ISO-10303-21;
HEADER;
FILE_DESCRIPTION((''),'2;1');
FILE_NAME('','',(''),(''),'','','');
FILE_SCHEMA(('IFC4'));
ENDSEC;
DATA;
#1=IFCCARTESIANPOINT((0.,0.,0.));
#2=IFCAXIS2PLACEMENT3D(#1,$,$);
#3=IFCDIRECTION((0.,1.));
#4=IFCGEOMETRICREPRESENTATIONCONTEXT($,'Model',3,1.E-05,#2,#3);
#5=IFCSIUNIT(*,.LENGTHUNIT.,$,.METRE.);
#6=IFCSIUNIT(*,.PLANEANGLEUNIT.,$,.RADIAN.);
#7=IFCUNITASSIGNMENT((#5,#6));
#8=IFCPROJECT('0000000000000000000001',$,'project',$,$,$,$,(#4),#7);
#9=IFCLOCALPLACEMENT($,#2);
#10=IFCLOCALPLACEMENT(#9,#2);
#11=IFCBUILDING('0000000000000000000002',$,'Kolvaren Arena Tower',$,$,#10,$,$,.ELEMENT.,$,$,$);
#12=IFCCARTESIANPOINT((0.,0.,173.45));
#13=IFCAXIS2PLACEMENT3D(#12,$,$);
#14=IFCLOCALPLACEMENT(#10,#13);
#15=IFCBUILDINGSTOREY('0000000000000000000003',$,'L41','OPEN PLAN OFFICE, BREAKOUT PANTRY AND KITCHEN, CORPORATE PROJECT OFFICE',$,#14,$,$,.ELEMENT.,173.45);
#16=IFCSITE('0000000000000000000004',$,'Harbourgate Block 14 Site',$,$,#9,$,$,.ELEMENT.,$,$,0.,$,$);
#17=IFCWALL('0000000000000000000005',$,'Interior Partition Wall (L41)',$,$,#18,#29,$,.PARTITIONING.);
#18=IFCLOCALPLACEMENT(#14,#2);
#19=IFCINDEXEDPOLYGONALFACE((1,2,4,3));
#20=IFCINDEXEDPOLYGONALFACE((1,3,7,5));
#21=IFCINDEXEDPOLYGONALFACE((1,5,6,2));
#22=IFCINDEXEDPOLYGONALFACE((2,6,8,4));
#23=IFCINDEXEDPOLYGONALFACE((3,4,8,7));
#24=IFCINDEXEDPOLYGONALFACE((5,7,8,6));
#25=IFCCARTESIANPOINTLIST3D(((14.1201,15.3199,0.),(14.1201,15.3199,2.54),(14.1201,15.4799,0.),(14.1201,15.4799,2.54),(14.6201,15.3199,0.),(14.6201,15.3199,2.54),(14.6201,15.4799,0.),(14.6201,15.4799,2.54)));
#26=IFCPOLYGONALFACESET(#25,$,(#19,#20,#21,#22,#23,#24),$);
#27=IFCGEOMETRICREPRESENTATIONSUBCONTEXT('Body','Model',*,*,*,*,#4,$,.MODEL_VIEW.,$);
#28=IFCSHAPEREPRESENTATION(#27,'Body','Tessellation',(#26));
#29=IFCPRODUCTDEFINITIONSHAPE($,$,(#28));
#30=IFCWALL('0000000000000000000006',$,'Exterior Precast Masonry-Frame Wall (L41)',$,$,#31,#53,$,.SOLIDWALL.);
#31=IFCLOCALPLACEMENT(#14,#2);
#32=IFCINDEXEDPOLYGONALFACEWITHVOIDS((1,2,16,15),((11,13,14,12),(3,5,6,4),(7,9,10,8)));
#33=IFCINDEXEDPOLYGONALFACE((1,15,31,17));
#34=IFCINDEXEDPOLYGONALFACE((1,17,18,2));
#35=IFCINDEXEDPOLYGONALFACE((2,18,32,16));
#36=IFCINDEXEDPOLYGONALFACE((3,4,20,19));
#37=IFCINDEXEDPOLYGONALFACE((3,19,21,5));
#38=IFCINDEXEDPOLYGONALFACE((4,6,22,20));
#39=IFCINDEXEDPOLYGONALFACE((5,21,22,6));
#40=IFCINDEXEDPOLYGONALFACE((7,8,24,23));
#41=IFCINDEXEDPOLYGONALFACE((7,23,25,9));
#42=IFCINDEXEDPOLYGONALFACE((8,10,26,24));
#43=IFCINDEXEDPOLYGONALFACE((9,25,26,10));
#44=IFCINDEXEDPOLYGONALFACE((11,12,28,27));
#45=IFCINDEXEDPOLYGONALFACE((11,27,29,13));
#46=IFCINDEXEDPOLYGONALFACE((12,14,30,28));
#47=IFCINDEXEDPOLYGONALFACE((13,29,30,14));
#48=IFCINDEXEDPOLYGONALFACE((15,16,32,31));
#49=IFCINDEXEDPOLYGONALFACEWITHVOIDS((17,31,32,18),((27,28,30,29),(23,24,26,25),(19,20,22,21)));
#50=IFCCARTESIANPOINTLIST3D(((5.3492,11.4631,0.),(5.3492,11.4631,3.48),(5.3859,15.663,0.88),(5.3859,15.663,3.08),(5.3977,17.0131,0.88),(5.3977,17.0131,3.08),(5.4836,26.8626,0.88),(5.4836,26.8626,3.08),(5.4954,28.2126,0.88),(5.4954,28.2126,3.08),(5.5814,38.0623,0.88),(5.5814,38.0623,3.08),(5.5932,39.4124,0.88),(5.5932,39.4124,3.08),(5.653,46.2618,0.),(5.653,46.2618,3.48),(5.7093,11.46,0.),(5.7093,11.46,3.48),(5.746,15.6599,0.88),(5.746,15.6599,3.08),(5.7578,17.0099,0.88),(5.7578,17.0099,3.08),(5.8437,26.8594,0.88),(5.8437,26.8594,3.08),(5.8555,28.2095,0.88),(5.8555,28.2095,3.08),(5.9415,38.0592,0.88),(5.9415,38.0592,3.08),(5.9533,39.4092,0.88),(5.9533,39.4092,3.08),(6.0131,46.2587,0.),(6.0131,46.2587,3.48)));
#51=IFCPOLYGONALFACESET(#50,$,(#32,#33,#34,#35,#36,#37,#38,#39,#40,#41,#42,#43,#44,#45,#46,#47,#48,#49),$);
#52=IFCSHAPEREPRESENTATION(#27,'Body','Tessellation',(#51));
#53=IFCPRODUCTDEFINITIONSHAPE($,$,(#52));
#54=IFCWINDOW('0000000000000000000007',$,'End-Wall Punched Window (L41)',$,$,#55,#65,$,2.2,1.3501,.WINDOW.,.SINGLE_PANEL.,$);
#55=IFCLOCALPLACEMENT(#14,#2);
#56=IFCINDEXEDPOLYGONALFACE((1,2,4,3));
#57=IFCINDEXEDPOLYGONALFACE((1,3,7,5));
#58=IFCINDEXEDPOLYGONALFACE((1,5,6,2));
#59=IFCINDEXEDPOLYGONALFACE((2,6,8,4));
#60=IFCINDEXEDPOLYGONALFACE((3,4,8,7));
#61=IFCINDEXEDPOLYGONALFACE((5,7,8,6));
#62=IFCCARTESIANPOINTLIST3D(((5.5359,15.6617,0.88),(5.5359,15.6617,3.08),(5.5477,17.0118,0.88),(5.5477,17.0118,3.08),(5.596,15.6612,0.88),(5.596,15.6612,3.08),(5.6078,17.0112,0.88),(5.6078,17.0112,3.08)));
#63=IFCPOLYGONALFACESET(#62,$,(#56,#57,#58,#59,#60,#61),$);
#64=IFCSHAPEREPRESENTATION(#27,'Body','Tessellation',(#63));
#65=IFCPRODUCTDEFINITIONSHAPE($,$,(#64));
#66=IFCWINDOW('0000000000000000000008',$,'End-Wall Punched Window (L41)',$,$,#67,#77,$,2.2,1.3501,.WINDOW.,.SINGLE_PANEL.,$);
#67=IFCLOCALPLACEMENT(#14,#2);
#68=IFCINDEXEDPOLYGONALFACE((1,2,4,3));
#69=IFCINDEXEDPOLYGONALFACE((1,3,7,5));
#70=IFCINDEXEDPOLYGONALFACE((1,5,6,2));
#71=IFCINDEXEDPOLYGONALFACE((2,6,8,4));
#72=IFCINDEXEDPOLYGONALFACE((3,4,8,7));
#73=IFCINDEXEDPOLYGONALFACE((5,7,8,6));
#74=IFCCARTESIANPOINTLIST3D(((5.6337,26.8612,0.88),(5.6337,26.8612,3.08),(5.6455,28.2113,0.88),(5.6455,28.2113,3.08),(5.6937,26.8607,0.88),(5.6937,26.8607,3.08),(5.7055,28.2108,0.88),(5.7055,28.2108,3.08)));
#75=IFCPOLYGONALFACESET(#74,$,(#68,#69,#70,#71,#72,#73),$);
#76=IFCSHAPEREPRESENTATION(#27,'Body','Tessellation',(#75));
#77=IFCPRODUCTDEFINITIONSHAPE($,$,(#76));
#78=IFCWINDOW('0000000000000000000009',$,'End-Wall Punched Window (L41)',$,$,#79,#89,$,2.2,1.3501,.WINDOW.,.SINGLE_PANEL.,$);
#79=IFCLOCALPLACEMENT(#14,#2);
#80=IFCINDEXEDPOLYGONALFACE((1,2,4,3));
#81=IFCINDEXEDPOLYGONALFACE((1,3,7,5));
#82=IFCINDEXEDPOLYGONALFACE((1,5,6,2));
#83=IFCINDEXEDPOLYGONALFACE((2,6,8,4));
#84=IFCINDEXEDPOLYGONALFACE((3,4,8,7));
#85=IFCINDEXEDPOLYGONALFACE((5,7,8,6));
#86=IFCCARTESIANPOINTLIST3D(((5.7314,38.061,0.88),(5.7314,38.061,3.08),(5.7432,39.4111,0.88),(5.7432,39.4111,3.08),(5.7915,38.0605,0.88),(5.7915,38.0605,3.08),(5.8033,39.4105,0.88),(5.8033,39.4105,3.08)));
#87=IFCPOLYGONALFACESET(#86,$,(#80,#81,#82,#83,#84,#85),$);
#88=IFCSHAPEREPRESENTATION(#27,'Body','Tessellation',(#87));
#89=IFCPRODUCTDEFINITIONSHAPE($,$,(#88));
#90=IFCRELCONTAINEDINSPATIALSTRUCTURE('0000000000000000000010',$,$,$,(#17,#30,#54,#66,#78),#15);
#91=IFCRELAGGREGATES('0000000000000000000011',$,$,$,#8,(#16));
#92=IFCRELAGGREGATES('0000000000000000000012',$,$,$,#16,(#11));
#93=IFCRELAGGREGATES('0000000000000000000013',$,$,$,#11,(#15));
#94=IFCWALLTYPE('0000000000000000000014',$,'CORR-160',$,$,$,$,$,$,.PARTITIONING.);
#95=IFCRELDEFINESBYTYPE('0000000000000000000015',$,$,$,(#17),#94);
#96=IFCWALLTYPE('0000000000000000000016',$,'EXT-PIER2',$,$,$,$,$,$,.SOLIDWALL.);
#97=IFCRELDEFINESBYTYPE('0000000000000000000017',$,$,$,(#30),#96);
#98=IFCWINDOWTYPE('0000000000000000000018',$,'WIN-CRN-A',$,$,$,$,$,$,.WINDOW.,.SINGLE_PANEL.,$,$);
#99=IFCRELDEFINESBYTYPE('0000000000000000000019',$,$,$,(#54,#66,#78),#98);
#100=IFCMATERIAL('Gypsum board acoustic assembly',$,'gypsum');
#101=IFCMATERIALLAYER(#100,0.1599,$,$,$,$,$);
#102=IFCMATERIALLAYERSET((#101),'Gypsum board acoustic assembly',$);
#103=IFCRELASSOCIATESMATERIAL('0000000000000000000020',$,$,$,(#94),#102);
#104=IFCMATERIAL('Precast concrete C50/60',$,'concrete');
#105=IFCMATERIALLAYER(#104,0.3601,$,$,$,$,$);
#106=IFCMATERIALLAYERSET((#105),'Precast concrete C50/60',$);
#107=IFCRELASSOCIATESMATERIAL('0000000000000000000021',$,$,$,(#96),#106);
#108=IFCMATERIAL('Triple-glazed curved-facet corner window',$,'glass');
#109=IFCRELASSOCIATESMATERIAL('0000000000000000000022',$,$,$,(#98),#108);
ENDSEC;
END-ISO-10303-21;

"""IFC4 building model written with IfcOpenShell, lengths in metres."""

from ifc_helpers import new_model, si_unit, direction, frame, frame_2d, origin, place, context, subcontext, project, spatial, rectangle, extrude, material, layer, layer_set, type_object, element, fill, save


model = new_model("IFC4")

# Units and contexts
model_context = context("Model", 3, precision=1e-05, world=origin(), true_north=direction((0.0, 1.0)))
body_context = subcontext(model_context, "Body", "Model", "MODEL_VIEW")
ifc_project = project(units=[si_unit("LENGTHUNIT", "METRE"), si_unit("PLANEANGLEUNIT", "RADIAN")], contexts=[model_context])

# Site, building, storey
site_placement = place(None, origin())
site = spatial("IfcSite", under=ifc_project, at=site_placement, Name="Harbourgate Block 14 Site", CompositionType="ELEMENT", RefElevation=0.0)
building_placement = place(site_placement, origin())
building = spatial("IfcBuilding", under=site, at=building_placement, Name="Kolvaren Arena Tower", CompositionType="ELEMENT")
storey_placement = place(building_placement, frame((0.0, 0.0, 173.45)))
storey = spatial("IfcBuildingStorey", under=building, at=storey_placement, Name="L41", Description="OPEN PLAN OFFICE, BREAKOUT PANTRY AND KITCHEN, CORPORATE PROJECT OFFICE", CompositionType="ELEMENT", Elevation=173.45)

# Shared definitions
ifc_material_1 = material(Name="Gypsum board acoustic assembly", Category="gypsum")
ifc_layer_1 = layer(ifc_material_1, 0.1599)
ifc_layer_set_1 = layer_set([ifc_layer_1], Name="Gypsum board acoustic assembly")
wall_type_1 = type_object("IfcWallType", Name="CORR-160", PredefinedType="PARTITIONING", material=ifc_layer_set_1)

# Wall
wall_1_placement = place(storey_placement, frame((14.1201, 15.3999, 0.0), z_axis=(0.0, 0.0, 1.0), x_axis=(1.0, 0.0, 0.0)))
element("IfcWall", 1, at=wall_1_placement, inside=storey, type_object=wall_type_1, Name="Interior Partition Wall (L41)", PredefinedType="PARTITIONING", context=body_context, shape_type="SweptSolid", body=[
    extrude(rectangle(XDim=0.5, YDim=0.1599, at=frame_2d((0.25, 0.0))), origin(), (0.0, 0.0, 1.0), 2.54),
])

# Wall, openings, windows
ifc_material_2 = material(Name="Precast concrete C50/60", Category="concrete")
ifc_layer_2 = layer(ifc_material_2, 0.3601)
ifc_layer_set_2 = layer_set([ifc_layer_2], Name="Precast concrete C50/60")
wall_type_2 = type_object("IfcWallType", Name="EXT-PIER2", PredefinedType="SOLIDWALL", material=ifc_layer_set_2)
wall_2_placement = place(storey_placement, frame((5.5293, 11.4617, 0.0), z_axis=(0.0, 0.0, 1.0), x_axis=(0.008727, 0.999962, 0.0)))
wall_2 = element("IfcWall", 2, at=wall_2_placement, inside=storey, type_object=wall_type_2, Name="Exterior Precast Masonry-Frame Wall (L41)", PredefinedType="SOLIDWALL", context=body_context, shape_type="SweptSolid", body=[
    extrude(rectangle(XDim=34.8, YDim=0.3601, at=frame_2d((17.3999, 0.0))), origin(), (0.0, 0.0, 1.0), 3.48),
])
opening_1_placement = place(wall_2_placement, frame((4.2, 0.0, 0.8799)))
opening_1 = element("IfcOpeningElement", 3, at=opening_1_placement, cuts=wall_2, PredefinedType="OPENING", context=body_context, shape_type="SweptSolid", body=[
    extrude(rectangle(XDim=1.3501, YDim=2.2, at=frame_2d((0.675, 1.1001))), frame((0.0, 0.1899, 0.0), z_axis=(0.0, -1.0, 0.0), x_axis=(1.0, 0.0, 0.0)), (0.0, 0.0, 1.0), 0.3801),
])
opening_2_placement = place(wall_2_placement, frame((15.3999, 0.0, 0.8799)))
opening_2 = element("IfcOpeningElement", 4, at=opening_2_placement, cuts=wall_2, PredefinedType="OPENING", context=body_context, shape_type="SweptSolid", body=[
    extrude(rectangle(XDim=1.3501, YDim=2.2, at=frame_2d((0.675, 1.1001))), frame((0.0, 0.1899, 0.0), z_axis=(0.0, -1.0, 0.0), x_axis=(1.0, 0.0, 0.0)), (0.0, 0.0, 1.0), 0.3801),
])
opening_3_placement = place(wall_2_placement, frame((26.6001, 0.0, 0.8799)))
opening_3 = element("IfcOpeningElement", 5, at=opening_3_placement, cuts=wall_2, PredefinedType="OPENING", context=body_context, shape_type="SweptSolid", body=[
    extrude(rectangle(XDim=1.3501, YDim=2.2, at=frame_2d((0.675, 1.1001))), frame((0.0, 0.1899, 0.0), z_axis=(0.0, -1.0, 0.0), x_axis=(1.0, 0.0, 0.0)), (0.0, 0.0, 1.0), 0.3801),
])
ifc_material_3 = material(Name="Triple-glazed curved-facet corner window", Category="glass")
window_type = type_object("IfcWindowType", Name="WIN-CRN-A", PartitioningType="SINGLE_PANEL", PredefinedType="WINDOW", material=ifc_material_3)
window_1_placement = place(opening_1_placement, origin())
window_1 = element("IfcWindow", 6, at=window_1_placement, inside=storey, type_object=window_type, Name="End-Wall Punched Window (L41)", OverallHeight=2.2, OverallWidth=1.3501, PartitioningType="SINGLE_PANEL", PredefinedType="WINDOW", context=body_context, shape_type="SweptSolid", body=[
    extrude(rectangle(XDim=1.3501, YDim=2.2, at=frame_2d((0.675, 1.1001))), frame((0.0, 0.03, 0.0), z_axis=(0.0, -1.0, 0.0), x_axis=(1.0, 0.0, 0.0)), (0.0, 0.0, 1.0), 0.0601),
])
fill(opening_1, window_1)
window_2_placement = place(opening_2_placement, origin())
window_2 = element("IfcWindow", 7, at=window_2_placement, inside=storey, type_object=window_type, Name="End-Wall Punched Window (L41)", OverallHeight=2.2, OverallWidth=1.3501, PartitioningType="SINGLE_PANEL", PredefinedType="WINDOW", context=body_context, shape_type="SweptSolid", body=[
    extrude(rectangle(XDim=1.3501, YDim=2.2, at=frame_2d((0.675, 1.1001))), frame((0.0, 0.03, 0.0), z_axis=(0.0, -1.0, 0.0), x_axis=(1.0, 0.0, 0.0)), (0.0, 0.0, 1.0), 0.0601),
])
fill(opening_2, window_2)
window_3_placement = place(opening_3_placement, origin())
window_3 = element("IfcWindow", 8, at=window_3_placement, inside=storey, type_object=window_type, Name="End-Wall Punched Window (L41)", OverallHeight=2.2, OverallWidth=1.3501, PartitioningType="SINGLE_PANEL", PredefinedType="WINDOW", context=body_context, shape_type="SweptSolid", body=[
    extrude(rectangle(XDim=1.3501, YDim=2.2, at=frame_2d((0.675, 1.1001))), frame((0.0, 0.03, 0.0), z_axis=(0.0, -1.0, 0.0), x_axis=(1.0, 0.0, 0.0)), (0.0, 0.0, 1.0), 0.0601),
])
fill(opening_3, window_3)

save(model, "model.ifc")
